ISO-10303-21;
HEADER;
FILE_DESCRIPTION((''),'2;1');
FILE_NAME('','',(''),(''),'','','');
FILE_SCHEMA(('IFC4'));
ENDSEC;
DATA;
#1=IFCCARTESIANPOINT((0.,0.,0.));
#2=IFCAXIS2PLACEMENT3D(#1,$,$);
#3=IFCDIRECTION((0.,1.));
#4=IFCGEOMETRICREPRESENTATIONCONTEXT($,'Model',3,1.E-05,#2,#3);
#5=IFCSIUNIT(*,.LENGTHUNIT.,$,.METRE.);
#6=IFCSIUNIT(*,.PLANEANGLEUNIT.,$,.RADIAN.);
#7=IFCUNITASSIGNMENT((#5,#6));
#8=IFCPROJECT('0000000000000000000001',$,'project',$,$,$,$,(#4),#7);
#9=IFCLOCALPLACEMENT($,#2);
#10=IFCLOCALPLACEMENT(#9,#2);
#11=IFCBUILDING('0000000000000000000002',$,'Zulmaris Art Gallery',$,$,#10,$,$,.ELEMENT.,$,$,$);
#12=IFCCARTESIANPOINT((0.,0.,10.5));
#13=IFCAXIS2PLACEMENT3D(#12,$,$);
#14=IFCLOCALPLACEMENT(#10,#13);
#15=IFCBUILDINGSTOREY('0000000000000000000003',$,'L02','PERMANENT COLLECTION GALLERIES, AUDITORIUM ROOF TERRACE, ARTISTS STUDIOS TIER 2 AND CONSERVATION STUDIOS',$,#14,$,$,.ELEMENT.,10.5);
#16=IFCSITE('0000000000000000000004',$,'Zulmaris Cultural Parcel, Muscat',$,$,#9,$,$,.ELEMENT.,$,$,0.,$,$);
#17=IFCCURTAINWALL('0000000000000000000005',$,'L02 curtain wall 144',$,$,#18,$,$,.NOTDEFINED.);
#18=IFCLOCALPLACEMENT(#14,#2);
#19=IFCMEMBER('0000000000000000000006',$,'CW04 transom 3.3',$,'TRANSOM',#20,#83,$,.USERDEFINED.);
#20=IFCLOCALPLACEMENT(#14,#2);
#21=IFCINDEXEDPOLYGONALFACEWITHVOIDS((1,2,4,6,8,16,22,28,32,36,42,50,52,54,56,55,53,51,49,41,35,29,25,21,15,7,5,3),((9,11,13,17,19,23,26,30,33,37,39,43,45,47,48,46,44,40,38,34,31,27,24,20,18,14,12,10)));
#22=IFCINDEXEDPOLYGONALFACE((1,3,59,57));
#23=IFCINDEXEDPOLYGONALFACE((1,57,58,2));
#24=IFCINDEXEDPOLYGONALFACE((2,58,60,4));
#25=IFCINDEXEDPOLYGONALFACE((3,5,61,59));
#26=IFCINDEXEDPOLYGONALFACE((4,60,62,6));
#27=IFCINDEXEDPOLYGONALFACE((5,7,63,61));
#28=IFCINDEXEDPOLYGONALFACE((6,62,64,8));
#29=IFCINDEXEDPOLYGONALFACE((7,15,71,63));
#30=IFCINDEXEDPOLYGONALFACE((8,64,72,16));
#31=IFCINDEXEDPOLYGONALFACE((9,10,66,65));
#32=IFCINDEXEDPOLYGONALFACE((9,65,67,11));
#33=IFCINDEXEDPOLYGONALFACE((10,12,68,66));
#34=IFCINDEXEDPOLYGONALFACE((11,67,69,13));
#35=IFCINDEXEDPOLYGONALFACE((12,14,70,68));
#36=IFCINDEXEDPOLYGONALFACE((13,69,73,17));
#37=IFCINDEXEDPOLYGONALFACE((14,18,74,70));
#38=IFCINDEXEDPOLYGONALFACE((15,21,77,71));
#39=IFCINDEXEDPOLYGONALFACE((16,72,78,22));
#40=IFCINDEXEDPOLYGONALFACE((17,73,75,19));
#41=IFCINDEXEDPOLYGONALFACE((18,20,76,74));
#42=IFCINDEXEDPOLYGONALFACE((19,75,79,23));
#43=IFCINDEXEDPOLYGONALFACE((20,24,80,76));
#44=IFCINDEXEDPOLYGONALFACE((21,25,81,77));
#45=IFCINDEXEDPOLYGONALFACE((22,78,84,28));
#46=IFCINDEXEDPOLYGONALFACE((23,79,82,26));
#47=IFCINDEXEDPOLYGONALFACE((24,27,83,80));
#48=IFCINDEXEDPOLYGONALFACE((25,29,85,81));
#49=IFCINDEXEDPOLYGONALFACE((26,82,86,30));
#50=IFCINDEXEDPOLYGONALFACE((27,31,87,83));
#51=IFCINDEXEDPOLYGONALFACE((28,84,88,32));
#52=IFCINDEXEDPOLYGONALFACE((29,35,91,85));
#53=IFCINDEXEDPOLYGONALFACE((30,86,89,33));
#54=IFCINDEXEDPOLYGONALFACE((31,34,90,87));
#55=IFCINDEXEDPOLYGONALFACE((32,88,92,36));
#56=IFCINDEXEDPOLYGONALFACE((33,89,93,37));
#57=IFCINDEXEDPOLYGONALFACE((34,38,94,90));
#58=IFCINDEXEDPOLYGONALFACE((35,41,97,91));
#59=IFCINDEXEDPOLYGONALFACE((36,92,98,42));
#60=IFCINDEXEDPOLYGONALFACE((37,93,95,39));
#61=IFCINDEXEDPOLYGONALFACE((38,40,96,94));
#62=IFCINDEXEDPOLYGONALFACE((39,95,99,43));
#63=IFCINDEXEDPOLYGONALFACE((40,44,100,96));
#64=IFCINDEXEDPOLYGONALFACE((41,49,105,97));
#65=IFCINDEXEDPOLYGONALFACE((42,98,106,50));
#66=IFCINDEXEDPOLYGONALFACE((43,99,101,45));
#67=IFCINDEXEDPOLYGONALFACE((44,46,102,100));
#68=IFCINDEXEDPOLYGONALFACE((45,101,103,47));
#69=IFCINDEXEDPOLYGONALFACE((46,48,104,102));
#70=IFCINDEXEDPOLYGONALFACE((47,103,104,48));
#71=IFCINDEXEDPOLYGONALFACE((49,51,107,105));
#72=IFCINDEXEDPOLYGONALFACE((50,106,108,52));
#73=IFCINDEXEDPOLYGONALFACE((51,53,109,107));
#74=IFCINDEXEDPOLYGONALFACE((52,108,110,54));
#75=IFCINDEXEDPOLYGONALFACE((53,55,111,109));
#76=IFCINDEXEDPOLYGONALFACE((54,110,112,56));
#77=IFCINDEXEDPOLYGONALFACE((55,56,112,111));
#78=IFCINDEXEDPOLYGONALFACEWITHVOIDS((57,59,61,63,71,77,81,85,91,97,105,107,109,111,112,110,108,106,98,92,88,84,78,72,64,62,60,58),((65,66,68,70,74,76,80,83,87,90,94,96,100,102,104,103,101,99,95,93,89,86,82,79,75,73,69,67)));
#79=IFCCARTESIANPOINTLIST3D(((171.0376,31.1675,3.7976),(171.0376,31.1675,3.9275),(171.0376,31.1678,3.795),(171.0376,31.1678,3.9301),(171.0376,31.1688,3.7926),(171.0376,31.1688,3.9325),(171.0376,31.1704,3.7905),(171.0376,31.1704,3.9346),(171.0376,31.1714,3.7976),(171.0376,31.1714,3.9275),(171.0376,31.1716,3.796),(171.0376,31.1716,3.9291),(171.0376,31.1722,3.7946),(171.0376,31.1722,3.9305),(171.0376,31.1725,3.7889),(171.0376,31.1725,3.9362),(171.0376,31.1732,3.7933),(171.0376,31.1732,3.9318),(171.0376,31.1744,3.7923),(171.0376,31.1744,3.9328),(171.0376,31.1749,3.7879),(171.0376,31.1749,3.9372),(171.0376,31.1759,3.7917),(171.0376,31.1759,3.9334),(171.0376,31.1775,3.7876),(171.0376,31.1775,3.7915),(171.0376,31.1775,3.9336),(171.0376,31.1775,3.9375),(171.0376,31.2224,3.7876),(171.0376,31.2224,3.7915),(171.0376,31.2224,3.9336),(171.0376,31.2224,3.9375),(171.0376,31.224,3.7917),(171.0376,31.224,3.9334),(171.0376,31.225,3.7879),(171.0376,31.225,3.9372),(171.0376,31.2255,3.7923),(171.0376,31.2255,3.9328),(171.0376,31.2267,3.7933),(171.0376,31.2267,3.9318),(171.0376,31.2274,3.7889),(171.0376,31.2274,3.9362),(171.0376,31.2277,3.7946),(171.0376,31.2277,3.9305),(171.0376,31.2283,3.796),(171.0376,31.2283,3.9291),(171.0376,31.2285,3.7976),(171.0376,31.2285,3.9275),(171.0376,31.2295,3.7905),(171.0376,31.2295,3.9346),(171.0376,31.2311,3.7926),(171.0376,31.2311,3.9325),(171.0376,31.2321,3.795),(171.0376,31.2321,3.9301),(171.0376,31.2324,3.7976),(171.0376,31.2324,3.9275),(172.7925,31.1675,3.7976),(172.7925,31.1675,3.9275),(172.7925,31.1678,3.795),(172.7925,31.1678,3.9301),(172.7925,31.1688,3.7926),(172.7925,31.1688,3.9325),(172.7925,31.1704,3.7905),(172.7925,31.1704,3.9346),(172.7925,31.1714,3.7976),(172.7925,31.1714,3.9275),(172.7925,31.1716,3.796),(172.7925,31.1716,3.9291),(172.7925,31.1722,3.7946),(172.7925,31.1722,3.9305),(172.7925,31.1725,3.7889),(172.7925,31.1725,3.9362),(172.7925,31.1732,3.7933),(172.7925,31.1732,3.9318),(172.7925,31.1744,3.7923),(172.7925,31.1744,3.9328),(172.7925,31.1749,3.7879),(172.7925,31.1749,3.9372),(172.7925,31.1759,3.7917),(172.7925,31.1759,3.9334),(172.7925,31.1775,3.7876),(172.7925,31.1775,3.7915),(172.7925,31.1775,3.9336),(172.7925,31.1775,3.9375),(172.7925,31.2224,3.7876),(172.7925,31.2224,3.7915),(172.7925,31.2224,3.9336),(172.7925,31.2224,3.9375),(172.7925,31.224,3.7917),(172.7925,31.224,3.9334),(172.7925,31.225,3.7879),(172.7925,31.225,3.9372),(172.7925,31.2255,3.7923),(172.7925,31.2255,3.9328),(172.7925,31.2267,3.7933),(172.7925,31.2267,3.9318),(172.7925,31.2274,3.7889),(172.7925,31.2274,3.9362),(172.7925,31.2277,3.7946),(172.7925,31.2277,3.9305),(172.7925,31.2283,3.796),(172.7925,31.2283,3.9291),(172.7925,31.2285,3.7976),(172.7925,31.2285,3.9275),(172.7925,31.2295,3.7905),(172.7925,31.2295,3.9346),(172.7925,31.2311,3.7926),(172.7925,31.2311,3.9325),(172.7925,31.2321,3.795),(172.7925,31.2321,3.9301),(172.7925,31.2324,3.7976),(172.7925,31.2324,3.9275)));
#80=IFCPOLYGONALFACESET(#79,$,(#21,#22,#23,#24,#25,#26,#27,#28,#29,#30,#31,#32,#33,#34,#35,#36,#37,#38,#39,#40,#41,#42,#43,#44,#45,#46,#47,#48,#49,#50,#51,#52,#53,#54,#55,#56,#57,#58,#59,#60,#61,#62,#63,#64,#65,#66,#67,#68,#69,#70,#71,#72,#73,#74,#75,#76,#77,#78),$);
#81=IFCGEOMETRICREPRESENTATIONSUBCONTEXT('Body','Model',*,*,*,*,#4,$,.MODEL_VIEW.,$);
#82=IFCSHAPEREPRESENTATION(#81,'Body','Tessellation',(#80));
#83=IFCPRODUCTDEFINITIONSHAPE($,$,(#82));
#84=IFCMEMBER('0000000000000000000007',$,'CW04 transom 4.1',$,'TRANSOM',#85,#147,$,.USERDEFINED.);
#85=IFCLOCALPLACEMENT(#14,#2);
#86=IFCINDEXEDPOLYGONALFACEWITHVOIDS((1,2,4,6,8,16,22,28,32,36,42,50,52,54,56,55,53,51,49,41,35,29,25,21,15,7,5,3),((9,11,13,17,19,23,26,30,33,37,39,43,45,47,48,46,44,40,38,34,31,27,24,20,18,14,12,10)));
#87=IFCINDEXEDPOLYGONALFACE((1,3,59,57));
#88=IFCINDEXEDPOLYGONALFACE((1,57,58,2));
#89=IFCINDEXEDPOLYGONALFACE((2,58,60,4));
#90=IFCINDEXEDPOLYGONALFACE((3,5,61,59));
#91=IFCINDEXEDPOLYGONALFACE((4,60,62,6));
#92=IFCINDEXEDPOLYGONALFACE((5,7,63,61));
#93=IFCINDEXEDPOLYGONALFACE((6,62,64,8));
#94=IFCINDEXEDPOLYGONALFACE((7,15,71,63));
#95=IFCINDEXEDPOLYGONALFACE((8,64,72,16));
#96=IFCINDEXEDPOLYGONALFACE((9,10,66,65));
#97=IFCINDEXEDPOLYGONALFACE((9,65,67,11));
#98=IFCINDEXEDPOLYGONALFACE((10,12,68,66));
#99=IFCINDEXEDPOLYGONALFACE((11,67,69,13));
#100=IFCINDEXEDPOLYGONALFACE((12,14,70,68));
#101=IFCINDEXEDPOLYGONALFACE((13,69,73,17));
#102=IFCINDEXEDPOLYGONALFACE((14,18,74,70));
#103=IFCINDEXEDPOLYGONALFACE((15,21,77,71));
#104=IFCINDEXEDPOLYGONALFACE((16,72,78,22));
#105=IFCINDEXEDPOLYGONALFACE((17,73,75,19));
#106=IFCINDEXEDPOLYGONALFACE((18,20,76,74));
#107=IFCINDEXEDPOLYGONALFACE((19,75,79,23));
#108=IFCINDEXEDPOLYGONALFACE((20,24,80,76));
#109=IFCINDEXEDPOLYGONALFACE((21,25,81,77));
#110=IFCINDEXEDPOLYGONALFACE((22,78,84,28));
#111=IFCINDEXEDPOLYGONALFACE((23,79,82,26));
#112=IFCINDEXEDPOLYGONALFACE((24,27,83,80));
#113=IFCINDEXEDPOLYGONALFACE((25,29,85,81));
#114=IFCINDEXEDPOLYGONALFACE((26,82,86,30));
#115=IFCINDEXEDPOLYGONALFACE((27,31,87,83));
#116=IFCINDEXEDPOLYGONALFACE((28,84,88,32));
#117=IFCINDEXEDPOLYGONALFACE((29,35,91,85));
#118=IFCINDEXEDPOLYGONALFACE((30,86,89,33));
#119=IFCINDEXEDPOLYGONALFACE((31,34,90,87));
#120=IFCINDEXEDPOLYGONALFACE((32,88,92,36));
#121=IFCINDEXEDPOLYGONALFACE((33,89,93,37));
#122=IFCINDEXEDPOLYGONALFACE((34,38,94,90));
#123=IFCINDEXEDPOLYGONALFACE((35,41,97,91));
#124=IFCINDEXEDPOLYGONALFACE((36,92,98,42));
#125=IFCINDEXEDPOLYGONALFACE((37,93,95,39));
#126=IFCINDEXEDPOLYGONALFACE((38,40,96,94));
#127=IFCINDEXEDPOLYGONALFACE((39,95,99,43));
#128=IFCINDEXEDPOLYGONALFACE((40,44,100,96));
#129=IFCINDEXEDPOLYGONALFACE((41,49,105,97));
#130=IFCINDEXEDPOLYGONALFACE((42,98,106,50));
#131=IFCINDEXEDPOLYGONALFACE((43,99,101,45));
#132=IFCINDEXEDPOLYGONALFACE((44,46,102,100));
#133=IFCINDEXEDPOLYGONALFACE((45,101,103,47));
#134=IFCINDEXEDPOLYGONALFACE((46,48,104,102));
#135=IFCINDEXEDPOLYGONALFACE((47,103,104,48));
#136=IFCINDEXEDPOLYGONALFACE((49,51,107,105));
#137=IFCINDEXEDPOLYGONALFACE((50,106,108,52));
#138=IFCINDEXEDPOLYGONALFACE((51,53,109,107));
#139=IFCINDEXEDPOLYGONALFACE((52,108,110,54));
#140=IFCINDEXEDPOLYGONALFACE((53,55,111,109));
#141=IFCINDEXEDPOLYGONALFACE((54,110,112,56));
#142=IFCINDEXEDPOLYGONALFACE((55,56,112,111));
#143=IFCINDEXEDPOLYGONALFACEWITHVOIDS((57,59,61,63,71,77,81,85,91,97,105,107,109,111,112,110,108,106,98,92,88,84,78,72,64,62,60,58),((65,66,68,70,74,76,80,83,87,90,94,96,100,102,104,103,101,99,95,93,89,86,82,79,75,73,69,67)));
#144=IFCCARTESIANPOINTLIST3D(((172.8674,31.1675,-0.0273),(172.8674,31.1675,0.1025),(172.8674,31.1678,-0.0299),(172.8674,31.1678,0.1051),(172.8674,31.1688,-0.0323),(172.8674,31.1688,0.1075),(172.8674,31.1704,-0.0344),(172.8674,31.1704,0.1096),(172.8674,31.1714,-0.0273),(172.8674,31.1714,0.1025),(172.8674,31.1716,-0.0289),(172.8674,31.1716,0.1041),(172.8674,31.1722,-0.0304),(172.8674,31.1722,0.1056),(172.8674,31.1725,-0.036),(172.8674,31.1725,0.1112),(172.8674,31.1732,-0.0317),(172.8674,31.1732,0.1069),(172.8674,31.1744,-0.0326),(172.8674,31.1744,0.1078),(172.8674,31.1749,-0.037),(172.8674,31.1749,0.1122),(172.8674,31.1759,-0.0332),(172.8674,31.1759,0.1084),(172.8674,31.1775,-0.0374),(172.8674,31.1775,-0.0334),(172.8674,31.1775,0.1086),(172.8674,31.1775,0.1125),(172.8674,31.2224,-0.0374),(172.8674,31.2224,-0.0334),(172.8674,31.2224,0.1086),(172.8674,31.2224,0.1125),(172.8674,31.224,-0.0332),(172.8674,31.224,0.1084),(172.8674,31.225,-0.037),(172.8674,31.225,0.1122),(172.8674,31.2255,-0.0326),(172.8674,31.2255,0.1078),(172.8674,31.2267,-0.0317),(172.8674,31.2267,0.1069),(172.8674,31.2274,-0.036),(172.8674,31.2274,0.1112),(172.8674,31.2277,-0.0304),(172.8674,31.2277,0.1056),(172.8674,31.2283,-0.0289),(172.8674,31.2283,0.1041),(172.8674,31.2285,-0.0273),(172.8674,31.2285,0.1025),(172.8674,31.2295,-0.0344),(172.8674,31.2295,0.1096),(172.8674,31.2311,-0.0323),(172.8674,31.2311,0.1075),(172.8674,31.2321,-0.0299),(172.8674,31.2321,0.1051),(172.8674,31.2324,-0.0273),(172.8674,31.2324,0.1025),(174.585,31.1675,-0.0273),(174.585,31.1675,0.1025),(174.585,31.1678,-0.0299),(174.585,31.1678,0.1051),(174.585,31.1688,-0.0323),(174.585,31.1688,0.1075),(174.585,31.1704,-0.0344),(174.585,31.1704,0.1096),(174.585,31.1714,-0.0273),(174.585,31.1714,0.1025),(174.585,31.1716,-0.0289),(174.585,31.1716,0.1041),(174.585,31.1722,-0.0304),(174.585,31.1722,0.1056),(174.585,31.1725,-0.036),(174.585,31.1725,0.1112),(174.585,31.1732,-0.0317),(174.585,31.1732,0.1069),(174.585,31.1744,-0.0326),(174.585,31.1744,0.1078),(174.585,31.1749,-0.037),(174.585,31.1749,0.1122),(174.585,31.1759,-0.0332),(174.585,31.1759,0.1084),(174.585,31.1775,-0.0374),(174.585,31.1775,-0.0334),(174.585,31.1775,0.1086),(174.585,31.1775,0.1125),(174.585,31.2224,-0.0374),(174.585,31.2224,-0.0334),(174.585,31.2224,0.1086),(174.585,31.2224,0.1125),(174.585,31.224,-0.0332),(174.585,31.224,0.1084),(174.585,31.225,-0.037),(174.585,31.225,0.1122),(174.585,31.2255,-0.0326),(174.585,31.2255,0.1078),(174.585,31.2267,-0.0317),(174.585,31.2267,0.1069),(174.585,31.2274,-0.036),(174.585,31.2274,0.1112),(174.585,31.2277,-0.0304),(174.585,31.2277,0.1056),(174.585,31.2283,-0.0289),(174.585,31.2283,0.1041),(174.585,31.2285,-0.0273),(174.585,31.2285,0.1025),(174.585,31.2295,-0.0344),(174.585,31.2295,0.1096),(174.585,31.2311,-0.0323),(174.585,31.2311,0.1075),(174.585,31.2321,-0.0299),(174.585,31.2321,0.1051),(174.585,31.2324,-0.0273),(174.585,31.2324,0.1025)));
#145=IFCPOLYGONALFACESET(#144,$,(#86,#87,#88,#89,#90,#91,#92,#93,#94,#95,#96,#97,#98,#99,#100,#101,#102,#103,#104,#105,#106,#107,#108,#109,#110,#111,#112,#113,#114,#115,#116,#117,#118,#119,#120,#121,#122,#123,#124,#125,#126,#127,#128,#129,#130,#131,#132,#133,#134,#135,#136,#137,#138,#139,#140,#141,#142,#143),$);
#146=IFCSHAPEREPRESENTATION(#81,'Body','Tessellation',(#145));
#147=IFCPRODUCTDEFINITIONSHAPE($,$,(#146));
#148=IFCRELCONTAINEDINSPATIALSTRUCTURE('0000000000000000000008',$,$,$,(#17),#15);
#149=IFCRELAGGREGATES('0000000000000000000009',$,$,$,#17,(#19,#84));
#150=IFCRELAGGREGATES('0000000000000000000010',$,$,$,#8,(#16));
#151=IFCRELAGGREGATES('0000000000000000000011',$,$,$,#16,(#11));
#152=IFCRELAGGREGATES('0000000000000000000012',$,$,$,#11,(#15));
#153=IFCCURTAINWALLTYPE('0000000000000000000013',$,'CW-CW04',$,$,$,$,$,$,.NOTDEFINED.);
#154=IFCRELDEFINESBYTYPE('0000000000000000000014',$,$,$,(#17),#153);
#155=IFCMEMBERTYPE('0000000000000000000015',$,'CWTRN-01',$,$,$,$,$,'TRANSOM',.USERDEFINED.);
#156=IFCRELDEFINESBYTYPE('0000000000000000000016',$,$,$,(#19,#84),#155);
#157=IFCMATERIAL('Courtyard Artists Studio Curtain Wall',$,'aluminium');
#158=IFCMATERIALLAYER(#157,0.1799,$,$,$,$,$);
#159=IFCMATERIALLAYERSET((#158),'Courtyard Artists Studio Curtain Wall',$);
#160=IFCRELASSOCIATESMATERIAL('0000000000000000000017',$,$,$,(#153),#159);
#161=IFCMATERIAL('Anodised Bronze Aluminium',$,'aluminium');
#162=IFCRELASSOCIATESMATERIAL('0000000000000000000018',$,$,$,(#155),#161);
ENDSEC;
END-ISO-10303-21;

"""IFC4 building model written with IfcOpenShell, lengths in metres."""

from ifc_helpers import new_model, si_unit, direction, frame, origin, origin_2d, place, context, subcontext, project, spatial, hollow_rectangle, extrude, material, layer, layer_set, material_profile, profile_set, type_object, element, aggregate, save


model = new_model("IFC4")

# Units and contexts
model_context = context("Model", 3, precision=1e-05, world=origin(), true_north=direction((0.0, 1.0)))
body_context = subcontext(model_context, "Body", "Model", "MODEL_VIEW")
ifc_project = project(units=[si_unit("LENGTHUNIT", "METRE"), si_unit("PLANEANGLEUNIT", "RADIAN")], contexts=[model_context])

# Site, building, storey
site_placement = place(None, origin())
site = spatial("IfcSite", under=ifc_project, at=site_placement, Name="Zulmaris Cultural Parcel, Muscat", CompositionType="ELEMENT", RefElevation=0.0)
building_placement = place(site_placement, origin())
building = spatial("IfcBuilding", under=site, at=building_placement, Name="Zulmaris Art Gallery", CompositionType="ELEMENT")
storey_placement = place(building_placement, frame((0.0, 0.0, 10.5)))
storey = spatial("IfcBuildingStorey", under=building, at=storey_placement, Name="L02", Description="PERMANENT COLLECTION GALLERIES, AUDITORIUM ROOF TERRACE, ARTISTS STUDIOS TIER 2 AND CONSERVATION STUDIOS", CompositionType="ELEMENT", Elevation=10.5)

# Curtain wall
ifc_material_1 = material(Name="Courtyard Artists Studio Curtain Wall", Category="aluminium")
ifc_layer_1 = layer(ifc_material_1, 0.1799)
ifc_layer_set_1 = layer_set([ifc_layer_1], Name="Courtyard Artists Studio Curtain Wall")
curtain_wall_type = type_object("IfcCurtainWallType", Name="CW-CW04", PredefinedType="NOTDEFINED", material=ifc_layer_set_1)
curtain_wall_1_placement = place(storey_placement, origin())
curtain_wall_1 = element("IfcCurtainWall", 1, at=curtain_wall_1_placement, inside=storey, type_object=curtain_wall_type, Name="L02 curtain wall 144", PredefinedType="NOTDEFINED")
ifc_material_2 = material(Name="Anodised Bronze Aluminium", Category="aluminium")

# Members
ifc_material_profile_1 = material_profile(ifc_material_2, hollow_rectangle(XDim=0.0649, YDim=0.1499, WallThickness=0.0039, InnerFilletRadius=0.0061, OuterFilletRadius=0.01, at=origin_2d()), Name="ALU 65x150x4")
ifc_profile_set_1 = profile_set([ifc_material_profile_1], Name="Anodised Bronze Aluminium")
member_type_1 = type_object("IfcMemberType", Name="CWTRN-01", ElementType="TRANSOM", PredefinedType="USERDEFINED", material=ifc_profile_set_1)
member_1_placement = place(storey_placement, frame((171.0376, 31.2, 3.8625), z_axis=(1.0, 0.0, 0.0), x_axis=(0.0, 1.0, 0.0)))
member_1 = element("IfcMember", 2, at=member_1_placement, type_object=member_type_1, Name="CW04 transom 3.3", ObjectType="TRANSOM", PredefinedType="USERDEFINED", context=body_context, shape_type="SweptSolid", body=[
    extrude(hollow_rectangle(XDim=0.0649, YDim=0.1499, WallThickness=0.0039, InnerFilletRadius=0.0061, OuterFilletRadius=0.01, at=origin_2d()), origin(), (0.0, 0.0, 1.0), 1.7549),
])
member_2_placement = place(storey_placement, frame((172.8674, 31.2, 0.0376), z_axis=(1.0, 0.0, 0.0), x_axis=(0.0, 1.0, 0.0)))
member_2 = element("IfcMember", 3, at=member_2_placement, type_object=member_type_1, Name="CW04 transom 4.1", ObjectType="TRANSOM", PredefinedType="USERDEFINED", context=body_context, shape_type="SweptSolid", body=[
    extrude(hollow_rectangle(XDim=0.0649, YDim=0.1499, WallThickness=0.0039, InnerFilletRadius=0.0061, OuterFilletRadius=0.01, at=origin_2d()), origin(), (0.0, 0.0, 1.0), 1.7175),
])

aggregate(curtain_wall_1, [member_1, member_2])

save(model, "model.ifc")
